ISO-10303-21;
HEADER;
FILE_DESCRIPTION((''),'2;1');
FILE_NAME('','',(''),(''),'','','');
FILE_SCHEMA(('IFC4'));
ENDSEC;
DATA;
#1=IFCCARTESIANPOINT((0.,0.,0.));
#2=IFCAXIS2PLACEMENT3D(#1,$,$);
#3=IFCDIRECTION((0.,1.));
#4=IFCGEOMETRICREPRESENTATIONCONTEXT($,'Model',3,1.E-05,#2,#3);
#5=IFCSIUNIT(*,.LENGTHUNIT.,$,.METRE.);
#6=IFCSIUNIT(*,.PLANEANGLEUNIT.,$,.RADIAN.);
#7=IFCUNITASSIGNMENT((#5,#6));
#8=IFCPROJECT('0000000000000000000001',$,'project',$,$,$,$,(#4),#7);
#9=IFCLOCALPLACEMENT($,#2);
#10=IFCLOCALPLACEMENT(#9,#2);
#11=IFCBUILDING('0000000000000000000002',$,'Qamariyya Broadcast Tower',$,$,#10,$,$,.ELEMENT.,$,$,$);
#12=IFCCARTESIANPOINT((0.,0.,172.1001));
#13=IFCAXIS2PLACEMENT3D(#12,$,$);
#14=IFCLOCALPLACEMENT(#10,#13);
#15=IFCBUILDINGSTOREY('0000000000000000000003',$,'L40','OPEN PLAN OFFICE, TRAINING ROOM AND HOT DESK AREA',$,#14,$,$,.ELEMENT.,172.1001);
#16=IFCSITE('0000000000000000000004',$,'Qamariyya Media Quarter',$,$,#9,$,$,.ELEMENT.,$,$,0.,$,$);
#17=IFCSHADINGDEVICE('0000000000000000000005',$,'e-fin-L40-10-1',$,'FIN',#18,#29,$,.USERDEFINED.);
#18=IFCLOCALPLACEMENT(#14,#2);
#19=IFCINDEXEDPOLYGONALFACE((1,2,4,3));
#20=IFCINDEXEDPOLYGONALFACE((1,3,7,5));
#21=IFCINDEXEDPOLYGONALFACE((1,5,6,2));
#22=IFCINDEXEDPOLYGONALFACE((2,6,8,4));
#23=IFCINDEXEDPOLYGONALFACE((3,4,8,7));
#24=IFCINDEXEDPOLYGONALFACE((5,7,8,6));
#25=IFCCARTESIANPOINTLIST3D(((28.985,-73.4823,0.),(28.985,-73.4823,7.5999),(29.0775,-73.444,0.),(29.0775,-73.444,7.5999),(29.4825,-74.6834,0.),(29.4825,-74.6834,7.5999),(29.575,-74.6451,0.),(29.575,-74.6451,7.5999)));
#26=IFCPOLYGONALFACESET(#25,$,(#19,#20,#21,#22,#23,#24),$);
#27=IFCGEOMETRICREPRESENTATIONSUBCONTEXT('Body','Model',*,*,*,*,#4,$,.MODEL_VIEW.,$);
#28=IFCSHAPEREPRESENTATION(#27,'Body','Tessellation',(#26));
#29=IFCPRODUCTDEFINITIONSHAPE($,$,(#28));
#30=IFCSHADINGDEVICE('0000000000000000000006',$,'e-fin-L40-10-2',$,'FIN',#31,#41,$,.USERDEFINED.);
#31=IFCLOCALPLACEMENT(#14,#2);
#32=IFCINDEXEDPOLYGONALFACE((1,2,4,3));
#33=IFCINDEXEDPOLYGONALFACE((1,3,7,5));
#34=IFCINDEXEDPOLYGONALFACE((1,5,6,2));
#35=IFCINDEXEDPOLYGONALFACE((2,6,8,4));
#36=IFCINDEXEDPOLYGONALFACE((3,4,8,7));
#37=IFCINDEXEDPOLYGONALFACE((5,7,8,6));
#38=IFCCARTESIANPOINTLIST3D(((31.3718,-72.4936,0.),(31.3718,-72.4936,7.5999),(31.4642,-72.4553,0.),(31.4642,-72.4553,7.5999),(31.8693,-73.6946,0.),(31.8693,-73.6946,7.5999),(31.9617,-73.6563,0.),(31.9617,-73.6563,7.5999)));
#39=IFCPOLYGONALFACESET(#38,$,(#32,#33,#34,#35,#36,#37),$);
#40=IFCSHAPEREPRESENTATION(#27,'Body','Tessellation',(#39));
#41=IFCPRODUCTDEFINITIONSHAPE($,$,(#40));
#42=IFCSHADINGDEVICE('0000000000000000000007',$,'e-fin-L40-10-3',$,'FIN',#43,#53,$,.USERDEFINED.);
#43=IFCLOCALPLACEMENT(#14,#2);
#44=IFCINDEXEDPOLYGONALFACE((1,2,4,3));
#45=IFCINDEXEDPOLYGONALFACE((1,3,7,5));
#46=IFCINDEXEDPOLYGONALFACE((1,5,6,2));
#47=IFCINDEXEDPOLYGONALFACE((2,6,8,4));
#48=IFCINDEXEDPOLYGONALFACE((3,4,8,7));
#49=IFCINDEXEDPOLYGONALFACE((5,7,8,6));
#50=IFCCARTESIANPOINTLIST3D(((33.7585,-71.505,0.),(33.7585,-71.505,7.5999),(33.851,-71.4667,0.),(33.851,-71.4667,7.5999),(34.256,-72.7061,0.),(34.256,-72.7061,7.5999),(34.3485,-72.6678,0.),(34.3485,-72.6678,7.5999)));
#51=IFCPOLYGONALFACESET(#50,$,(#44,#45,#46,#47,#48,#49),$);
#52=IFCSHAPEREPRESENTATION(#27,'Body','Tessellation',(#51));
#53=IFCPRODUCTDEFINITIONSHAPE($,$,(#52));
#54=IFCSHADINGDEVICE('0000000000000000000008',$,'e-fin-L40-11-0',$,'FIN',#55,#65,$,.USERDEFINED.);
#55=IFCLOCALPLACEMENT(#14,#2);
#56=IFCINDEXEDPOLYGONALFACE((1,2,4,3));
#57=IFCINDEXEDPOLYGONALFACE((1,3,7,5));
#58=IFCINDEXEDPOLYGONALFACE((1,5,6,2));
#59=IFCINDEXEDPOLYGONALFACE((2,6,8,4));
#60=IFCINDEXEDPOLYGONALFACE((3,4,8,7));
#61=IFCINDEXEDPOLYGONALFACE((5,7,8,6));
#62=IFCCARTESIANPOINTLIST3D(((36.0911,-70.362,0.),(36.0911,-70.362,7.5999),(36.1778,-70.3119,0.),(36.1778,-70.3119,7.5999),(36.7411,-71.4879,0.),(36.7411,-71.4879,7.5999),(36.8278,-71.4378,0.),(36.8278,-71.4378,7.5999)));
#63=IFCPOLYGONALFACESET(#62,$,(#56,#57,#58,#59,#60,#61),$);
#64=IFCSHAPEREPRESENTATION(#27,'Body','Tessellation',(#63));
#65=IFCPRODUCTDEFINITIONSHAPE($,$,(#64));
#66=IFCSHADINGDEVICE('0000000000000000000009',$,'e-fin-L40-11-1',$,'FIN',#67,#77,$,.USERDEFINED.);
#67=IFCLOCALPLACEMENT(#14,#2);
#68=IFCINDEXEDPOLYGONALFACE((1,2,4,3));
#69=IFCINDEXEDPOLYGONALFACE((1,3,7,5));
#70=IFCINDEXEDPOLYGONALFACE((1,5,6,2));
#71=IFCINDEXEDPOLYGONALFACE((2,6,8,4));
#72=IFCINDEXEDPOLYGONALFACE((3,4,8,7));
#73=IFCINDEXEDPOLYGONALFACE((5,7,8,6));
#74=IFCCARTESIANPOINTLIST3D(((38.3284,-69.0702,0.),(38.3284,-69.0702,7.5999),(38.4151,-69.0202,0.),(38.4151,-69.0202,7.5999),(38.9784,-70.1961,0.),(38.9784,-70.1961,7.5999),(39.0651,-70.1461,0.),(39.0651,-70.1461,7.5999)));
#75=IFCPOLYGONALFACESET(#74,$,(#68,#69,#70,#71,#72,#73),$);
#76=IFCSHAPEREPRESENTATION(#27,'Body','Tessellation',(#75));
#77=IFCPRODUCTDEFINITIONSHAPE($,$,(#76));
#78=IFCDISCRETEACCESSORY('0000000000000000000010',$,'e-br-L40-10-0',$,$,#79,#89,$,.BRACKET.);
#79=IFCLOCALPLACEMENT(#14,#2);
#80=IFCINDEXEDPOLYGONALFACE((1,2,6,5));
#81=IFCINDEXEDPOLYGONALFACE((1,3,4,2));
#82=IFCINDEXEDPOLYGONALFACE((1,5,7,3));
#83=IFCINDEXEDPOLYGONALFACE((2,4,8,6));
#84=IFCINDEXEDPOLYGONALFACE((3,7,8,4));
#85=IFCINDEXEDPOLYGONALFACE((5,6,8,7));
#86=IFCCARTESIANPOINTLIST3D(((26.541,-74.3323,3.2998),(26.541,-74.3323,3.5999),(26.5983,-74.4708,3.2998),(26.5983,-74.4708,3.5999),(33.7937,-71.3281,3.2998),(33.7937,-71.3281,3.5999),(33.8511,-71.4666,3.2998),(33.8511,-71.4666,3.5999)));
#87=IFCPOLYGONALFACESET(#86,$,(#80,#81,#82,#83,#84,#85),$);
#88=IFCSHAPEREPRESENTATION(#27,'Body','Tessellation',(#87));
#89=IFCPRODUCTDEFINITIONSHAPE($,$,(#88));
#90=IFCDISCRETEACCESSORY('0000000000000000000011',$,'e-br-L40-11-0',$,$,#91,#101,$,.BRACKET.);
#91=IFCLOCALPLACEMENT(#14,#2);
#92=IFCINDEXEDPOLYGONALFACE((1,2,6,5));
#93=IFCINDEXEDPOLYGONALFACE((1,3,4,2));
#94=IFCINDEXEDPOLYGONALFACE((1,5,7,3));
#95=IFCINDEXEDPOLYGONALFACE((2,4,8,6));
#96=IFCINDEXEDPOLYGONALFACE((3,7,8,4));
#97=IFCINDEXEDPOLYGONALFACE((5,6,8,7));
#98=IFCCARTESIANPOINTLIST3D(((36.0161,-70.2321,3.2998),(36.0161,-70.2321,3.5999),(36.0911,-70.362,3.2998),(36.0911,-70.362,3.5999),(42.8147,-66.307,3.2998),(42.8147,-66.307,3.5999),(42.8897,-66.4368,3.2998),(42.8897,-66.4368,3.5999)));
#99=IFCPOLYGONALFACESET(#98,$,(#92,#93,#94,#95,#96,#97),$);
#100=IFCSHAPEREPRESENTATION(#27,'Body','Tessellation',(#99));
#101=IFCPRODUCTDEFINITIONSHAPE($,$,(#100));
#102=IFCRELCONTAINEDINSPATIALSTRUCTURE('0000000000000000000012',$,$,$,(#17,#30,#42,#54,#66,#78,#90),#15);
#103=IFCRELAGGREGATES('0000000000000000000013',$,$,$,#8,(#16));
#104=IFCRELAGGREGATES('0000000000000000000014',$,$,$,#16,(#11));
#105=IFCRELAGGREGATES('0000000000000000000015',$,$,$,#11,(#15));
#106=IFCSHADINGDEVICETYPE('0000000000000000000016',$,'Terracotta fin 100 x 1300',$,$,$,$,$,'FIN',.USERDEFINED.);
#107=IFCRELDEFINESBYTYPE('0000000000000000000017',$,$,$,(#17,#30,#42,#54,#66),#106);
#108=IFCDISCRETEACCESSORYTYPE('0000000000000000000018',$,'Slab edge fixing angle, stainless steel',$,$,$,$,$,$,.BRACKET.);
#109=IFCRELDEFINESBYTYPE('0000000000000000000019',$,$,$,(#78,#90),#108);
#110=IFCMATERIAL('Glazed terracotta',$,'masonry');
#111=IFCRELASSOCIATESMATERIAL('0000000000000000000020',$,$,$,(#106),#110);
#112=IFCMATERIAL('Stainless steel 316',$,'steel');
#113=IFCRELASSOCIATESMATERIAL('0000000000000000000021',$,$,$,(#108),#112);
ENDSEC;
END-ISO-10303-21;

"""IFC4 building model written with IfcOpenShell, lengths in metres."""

from ifc_helpers import new_model, si_unit, direction, frame, origin, origin_2d, place, context, subcontext, project, spatial, rectangle, extrude, material, material_profile, profile_set, type_object, element, save


model = new_model("IFC4")

# Units and contexts
model_context = context("Model", 3, precision=1e-05, world=origin(), true_north=direction((0.0, 1.0)))
body_context = subcontext(model_context, "Body", "Model", "MODEL_VIEW")
ifc_project = project(units=[si_unit("LENGTHUNIT", "METRE"), si_unit("PLANEANGLEUNIT", "RADIAN")], contexts=[model_context])

# Site, building, storey
site_placement = place(None, origin())
site = spatial("IfcSite", under=ifc_project, at=site_placement, Name="Qamariyya Media Quarter", CompositionType="ELEMENT", RefElevation=0.0)
building_placement = place(site_placement, origin())
building = spatial("IfcBuilding", under=site, at=building_placement, Name="Qamariyya Broadcast Tower", CompositionType="ELEMENT")
storey_placement = place(building_placement, frame((0.0, 0.0, 172.1001)))
storey = spatial("IfcBuildingStorey", under=building, at=storey_placement, Name="L40", Description="OPEN PLAN OFFICE, TRAINING ROOM AND HOT DESK AREA", CompositionType="ELEMENT", Elevation=172.1001)

# Shading devices
ifc_material_1 = material(Name="Glazed terracotta", Category="masonry")
ifc_material_profile_1 = material_profile(ifc_material_1, rectangle(XDim=1.3, YDim=0.1001, at=origin_2d()))
ifc_profile_set_1 = profile_set([ifc_material_profile_1], Name="Glazed terracotta")
shading_device_type_1 = type_object("IfcShadingDeviceType", Name="Terracotta fin 100 x 1300", ElementType="FIN", PredefinedType="USERDEFINED", material=ifc_profile_set_1)
for number, where, z_axis, x_axis, name in (
    (1, (29.28, -74.0637, 0.0), (0.0, 0.0, 1.0), (0.382683, -0.92388, 0.0), "e-fin-L40-10-1"),
    (2, (31.6667, -73.075, 0.0), (0.0, 0.0, 1.0), (0.382683, -0.92388, 0.0), "e-fin-L40-10-2"),
    (3, (34.0535, -72.0864, 0.0), (0.0, 0.0, 1.0), (0.382683, -0.92388, 0.0), "e-fin-L40-10-3"),
    (4, (36.4595, -70.8999, 0.0), (0.0, 0.0, 1.0), (0.5, -0.866025, 0.0), "e-fin-L40-11-0"),
    (5, (38.6968, -69.6082, 0.0), (0.0, 0.0, 1.0), (0.5, -0.866025, 0.0), "e-fin-L40-11-1"),
):
    element("IfcShadingDevice", number, at=place(storey_placement, frame(where, z_axis=z_axis, x_axis=x_axis)), inside=storey, type_object=shading_device_type_1, Name=name, ObjectType="FIN", PredefinedType="USERDEFINED", context=body_context, shape_type="SweptSolid", body=[
        extrude(rectangle(XDim=1.3, YDim=0.1001, at=origin_2d()), origin(), (0.0, 0.0, 1.0), 7.5999),
    ])

# Discrete accessories
ifc_material_2 = material(Name="Stainless steel 316", Category="steel")
discrete_accessory_type = type_object("IfcDiscreteAccessoryType", Name="Slab edge fixing angle, stainless steel", PredefinedType="BRACKET", material=ifc_material_2)
for number, where, z_axis, x_axis, name in (
    (6, (30.196, -72.8994, 3.2998), (0.0, 0.0, 1.0), (0.92388, 0.382683, 0.0), "e-br-L40-10-0"),
    (7, (39.4529, -68.3345, 3.2998), (0.0, 0.0, 1.0), (0.866025, 0.5, 0.0), "e-br-L40-11-0"),
):
    element("IfcDiscreteAccessory", number, at=place(storey_placement, frame(where, z_axis=z_axis, x_axis=x_axis)), inside=storey, type_object=discrete_accessory_type, Name=name, PredefinedType="BRACKET", context=body_context, shape_type="SweptSolid", body=[
        extrude(rectangle(XDim=7.8503, YDim=0.1499, at=origin_2d()), origin(), (0.0, 0.0, 1.0), 0.3),
    ])

save(model, "model.ifc")
